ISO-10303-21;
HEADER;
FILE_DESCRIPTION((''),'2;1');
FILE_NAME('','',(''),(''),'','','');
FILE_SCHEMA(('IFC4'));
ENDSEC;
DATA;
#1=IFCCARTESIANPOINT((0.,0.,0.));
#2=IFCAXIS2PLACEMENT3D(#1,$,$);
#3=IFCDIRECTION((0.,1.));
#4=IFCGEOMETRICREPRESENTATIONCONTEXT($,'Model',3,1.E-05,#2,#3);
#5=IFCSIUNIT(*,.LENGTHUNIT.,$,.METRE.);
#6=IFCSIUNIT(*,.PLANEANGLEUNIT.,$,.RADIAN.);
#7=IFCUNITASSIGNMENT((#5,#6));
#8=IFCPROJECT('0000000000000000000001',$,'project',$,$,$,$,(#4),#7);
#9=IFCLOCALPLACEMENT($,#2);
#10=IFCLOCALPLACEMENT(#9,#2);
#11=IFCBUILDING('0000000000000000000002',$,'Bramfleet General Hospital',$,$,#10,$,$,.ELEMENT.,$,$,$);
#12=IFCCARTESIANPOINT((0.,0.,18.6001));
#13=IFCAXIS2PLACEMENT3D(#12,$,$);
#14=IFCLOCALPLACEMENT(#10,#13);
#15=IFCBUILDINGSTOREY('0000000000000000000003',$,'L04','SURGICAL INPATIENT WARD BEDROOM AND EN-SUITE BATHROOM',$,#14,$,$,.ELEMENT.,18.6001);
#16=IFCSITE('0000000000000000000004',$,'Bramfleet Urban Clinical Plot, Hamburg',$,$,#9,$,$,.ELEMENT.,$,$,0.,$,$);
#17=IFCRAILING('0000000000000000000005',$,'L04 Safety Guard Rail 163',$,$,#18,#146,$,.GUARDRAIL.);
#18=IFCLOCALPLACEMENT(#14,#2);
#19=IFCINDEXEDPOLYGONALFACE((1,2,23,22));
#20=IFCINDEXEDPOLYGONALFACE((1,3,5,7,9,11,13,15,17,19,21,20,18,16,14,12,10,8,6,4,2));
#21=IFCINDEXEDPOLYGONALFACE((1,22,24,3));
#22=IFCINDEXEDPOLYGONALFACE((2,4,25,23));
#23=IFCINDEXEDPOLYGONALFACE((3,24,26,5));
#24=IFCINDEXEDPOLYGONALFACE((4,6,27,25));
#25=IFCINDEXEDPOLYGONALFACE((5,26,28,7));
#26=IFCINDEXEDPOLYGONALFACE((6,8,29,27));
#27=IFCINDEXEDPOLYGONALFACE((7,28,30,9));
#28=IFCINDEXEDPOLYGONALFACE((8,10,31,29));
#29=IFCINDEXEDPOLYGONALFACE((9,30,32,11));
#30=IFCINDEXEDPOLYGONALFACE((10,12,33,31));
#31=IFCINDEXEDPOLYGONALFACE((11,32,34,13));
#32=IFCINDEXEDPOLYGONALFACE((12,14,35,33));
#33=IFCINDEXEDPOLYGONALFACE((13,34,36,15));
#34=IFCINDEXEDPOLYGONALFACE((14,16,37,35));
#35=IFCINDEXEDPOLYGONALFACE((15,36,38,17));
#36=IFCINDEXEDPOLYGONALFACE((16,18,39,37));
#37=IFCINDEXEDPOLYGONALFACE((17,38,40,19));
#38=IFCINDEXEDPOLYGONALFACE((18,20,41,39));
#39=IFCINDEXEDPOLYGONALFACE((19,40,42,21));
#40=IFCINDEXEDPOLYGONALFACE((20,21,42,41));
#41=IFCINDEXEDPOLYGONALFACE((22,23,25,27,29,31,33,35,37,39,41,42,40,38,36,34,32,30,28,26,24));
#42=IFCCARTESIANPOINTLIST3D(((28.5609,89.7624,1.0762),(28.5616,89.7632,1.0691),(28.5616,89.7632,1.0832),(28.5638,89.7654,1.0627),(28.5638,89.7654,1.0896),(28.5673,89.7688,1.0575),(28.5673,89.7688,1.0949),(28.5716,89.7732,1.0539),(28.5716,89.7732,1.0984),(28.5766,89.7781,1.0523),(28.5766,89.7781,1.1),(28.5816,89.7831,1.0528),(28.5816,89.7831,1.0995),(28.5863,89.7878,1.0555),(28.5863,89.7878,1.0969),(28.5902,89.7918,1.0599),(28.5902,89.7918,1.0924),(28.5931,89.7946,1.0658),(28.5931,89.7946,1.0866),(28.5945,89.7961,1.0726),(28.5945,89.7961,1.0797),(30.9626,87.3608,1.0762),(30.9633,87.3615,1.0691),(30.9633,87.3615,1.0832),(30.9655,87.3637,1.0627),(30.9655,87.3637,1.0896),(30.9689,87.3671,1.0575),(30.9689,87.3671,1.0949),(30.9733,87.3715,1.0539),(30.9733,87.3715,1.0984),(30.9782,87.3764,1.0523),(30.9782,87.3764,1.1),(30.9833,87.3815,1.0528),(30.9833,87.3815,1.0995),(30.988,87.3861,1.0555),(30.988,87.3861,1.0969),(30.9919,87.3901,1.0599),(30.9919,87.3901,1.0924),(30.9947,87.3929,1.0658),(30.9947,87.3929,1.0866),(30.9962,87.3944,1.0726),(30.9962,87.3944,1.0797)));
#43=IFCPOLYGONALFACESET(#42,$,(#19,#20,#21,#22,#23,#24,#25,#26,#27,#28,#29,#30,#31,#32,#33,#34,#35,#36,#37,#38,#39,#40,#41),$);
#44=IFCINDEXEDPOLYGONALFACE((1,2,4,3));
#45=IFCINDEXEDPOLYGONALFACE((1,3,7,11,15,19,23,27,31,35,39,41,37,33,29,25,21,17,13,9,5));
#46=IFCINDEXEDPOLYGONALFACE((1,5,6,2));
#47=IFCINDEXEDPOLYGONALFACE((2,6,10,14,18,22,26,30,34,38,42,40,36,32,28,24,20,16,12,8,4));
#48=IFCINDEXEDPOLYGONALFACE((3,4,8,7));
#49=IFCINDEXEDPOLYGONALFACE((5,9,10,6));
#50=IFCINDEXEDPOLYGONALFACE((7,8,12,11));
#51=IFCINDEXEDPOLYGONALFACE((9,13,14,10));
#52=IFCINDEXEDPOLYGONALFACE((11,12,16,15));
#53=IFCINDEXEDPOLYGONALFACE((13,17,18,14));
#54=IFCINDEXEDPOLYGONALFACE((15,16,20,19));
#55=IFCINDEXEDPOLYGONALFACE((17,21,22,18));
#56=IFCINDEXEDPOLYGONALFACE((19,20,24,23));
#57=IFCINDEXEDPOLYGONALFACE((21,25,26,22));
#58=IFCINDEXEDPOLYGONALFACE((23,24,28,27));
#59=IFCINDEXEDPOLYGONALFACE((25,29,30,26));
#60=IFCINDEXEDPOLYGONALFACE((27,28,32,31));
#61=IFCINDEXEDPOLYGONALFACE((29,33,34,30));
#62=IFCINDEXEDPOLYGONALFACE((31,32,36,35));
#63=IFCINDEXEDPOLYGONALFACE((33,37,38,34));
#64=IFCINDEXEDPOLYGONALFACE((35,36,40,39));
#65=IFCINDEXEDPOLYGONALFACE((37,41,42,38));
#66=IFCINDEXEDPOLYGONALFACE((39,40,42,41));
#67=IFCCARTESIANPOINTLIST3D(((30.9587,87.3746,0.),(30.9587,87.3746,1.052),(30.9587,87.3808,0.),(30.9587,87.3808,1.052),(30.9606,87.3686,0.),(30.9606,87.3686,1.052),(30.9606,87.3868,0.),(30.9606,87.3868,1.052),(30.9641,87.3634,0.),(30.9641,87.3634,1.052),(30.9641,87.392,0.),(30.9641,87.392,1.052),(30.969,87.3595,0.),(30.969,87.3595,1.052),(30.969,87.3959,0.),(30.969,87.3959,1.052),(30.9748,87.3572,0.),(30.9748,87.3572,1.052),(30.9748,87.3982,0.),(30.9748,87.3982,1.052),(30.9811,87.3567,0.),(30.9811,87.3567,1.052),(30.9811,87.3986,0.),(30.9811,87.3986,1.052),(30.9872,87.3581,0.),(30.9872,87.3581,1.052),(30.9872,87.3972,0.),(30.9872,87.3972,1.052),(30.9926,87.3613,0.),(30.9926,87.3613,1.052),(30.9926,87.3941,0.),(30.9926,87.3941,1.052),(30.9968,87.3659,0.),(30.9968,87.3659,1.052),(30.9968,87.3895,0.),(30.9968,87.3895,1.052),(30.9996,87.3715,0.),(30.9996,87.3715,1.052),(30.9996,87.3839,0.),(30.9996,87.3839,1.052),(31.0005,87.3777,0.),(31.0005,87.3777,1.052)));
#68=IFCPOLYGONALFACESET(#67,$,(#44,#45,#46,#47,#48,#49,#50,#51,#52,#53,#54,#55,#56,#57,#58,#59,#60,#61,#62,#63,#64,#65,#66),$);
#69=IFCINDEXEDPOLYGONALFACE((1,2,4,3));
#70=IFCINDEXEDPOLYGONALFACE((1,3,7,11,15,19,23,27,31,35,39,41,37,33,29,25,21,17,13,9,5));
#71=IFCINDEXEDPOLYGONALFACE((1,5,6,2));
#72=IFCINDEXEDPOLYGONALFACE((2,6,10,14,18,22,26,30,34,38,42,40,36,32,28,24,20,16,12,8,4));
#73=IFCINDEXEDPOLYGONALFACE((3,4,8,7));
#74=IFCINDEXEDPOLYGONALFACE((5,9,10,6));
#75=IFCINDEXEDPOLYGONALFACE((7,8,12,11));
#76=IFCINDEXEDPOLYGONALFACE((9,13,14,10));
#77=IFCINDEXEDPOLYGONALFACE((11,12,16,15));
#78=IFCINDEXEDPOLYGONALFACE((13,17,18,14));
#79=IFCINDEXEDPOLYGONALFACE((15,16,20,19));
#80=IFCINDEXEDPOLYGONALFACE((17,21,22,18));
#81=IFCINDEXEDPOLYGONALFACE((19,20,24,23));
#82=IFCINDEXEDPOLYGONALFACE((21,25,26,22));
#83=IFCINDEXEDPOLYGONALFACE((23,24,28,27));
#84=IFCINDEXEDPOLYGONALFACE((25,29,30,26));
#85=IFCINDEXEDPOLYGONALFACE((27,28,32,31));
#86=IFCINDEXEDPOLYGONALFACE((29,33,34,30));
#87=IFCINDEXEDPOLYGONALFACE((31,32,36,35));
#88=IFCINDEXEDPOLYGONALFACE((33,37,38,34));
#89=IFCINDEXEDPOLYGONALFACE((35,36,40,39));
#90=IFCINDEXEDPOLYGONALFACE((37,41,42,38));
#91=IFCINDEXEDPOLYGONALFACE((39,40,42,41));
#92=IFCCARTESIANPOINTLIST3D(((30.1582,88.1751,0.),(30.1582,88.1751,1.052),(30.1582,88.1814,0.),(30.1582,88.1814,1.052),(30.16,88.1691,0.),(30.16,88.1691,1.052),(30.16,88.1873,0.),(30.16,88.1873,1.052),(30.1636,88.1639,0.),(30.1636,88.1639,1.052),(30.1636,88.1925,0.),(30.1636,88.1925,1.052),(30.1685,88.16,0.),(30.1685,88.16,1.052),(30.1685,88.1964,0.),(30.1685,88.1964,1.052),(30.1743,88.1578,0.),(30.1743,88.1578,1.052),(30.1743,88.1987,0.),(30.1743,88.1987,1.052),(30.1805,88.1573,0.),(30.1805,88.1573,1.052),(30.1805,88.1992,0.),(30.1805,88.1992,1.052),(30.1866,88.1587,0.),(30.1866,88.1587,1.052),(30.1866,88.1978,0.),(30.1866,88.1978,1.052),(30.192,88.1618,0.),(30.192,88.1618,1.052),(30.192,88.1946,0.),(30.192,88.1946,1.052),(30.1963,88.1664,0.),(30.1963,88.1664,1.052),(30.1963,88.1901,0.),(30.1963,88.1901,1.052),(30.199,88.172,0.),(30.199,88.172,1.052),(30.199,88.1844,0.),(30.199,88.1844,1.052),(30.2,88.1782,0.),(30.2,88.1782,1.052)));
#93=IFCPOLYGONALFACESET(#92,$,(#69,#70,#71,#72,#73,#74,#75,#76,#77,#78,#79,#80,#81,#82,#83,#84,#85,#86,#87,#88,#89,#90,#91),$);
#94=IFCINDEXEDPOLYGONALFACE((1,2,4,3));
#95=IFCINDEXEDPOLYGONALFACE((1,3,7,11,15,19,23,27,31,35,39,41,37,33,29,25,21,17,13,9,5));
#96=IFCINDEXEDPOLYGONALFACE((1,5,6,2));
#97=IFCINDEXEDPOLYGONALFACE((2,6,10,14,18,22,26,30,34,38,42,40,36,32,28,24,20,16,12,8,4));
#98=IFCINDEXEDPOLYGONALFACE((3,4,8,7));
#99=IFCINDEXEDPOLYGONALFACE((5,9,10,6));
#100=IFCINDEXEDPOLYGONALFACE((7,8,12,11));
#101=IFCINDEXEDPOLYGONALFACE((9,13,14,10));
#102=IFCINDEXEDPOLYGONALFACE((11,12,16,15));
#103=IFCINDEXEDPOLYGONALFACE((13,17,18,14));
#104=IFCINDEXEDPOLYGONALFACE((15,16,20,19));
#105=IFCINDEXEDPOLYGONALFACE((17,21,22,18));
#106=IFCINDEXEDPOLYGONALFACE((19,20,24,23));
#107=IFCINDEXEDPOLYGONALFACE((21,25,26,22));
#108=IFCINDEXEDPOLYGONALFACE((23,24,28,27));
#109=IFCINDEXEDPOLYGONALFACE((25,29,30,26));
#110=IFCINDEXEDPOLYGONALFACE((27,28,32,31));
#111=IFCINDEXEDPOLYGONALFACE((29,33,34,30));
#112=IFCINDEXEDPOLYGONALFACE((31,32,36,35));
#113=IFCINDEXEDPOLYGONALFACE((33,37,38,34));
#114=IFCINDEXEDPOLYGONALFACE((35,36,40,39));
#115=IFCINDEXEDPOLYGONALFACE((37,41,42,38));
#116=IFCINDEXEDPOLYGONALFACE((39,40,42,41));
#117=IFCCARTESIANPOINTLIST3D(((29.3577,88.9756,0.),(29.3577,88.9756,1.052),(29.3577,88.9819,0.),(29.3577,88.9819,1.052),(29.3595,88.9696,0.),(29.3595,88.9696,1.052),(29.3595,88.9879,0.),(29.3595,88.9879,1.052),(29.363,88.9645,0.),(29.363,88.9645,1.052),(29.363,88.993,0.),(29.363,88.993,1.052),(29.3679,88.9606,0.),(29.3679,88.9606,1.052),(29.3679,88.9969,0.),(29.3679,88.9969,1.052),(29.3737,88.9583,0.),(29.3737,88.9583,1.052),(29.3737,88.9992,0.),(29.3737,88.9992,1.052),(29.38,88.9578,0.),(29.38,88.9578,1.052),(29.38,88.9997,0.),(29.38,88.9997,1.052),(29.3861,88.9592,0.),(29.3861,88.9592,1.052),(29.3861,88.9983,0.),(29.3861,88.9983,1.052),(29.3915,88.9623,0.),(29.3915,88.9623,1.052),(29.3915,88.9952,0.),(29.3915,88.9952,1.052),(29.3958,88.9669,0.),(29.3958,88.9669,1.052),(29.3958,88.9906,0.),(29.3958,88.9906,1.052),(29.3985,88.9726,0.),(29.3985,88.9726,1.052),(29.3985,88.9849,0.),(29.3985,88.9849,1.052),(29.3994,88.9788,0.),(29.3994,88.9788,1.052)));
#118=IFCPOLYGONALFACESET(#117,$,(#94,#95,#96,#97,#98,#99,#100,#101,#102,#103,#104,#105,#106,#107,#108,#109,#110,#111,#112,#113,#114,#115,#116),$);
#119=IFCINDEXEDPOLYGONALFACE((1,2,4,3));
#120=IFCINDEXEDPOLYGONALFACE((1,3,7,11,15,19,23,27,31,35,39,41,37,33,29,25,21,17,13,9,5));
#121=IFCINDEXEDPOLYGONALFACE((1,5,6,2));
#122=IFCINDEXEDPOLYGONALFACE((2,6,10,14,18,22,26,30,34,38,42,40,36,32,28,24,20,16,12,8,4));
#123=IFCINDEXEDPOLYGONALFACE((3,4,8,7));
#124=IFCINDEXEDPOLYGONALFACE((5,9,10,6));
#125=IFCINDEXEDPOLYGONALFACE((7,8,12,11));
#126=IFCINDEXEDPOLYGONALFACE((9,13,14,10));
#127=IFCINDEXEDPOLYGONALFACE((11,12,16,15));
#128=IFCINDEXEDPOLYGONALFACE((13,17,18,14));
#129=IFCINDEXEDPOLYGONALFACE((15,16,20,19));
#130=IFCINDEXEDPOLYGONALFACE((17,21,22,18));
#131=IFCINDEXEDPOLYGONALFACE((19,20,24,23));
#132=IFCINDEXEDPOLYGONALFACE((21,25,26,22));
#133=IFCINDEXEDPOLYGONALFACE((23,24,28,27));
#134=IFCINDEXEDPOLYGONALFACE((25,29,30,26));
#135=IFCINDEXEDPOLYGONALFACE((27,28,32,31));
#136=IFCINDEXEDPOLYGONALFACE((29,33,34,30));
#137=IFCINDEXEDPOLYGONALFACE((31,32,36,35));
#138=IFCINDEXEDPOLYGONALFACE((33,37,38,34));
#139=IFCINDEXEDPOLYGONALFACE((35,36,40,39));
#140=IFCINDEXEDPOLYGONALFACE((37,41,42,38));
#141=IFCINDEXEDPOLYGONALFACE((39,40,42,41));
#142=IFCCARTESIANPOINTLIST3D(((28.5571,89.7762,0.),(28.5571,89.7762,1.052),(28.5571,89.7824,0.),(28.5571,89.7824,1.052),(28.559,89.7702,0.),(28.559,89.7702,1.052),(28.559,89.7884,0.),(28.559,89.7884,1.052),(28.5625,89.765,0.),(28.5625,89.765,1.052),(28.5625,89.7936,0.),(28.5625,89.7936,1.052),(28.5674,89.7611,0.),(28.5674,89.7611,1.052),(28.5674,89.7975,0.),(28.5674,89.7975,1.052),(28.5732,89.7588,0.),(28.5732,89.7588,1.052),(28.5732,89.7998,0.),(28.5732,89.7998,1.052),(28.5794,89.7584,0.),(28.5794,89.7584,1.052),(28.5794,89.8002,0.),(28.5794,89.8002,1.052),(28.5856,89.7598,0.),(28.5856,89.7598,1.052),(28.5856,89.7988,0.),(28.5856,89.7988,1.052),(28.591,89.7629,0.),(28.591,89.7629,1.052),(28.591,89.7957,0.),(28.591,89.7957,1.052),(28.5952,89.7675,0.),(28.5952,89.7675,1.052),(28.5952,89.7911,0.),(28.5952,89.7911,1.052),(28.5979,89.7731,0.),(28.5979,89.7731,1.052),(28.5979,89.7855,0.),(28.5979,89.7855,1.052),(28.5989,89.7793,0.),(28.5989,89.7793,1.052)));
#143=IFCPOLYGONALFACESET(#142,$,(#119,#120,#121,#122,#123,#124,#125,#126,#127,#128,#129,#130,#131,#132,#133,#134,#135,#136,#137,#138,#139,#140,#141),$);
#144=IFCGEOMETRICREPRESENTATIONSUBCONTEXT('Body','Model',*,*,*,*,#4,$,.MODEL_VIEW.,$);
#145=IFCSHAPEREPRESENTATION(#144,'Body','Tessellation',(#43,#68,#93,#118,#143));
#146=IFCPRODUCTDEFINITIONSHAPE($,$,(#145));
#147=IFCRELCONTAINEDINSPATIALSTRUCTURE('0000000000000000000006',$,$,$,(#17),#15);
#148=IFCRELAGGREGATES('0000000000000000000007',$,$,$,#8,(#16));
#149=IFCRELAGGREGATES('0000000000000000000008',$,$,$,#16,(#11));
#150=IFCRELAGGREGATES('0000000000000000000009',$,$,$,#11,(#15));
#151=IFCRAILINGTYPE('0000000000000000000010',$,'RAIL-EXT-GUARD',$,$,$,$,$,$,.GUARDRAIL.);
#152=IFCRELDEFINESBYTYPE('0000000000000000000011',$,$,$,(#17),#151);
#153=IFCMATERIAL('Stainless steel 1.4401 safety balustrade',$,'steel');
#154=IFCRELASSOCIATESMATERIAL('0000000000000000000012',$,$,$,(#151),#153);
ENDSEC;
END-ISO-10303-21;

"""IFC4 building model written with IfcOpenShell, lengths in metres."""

from ifc_helpers import new_model, si_unit, direction, frame, origin, origin_2d, place, context, subcontext, project, spatial, circle, extrude, material, type_object, element, save


model = new_model("IFC4")

# Units and contexts
model_context = context("Model", 3, precision=1e-05, world=origin(), true_north=direction((0.0, 1.0)))
body_context = subcontext(model_context, "Body", "Model", "MODEL_VIEW")
ifc_project = project(units=[si_unit("LENGTHUNIT", "METRE"), si_unit("PLANEANGLEUNIT", "RADIAN")], contexts=[model_context])

# Site, building, storey
site_placement = place(None, origin())
site = spatial("IfcSite", under=ifc_project, at=site_placement, Name="Bramfleet Urban Clinical Plot, Hamburg", CompositionType="ELEMENT", RefElevation=0.0)
building_placement = place(site_placement, origin())
building = spatial("IfcBuilding", under=site, at=building_placement, Name="Bramfleet General Hospital", CompositionType="ELEMENT")
storey_placement = place(building_placement, frame((0.0, 0.0, 18.6001)))
storey = spatial("IfcBuildingStorey", under=building, at=storey_placement, Name="L04", Description="SURGICAL INPATIENT WARD BEDROOM AND EN-SUITE BATHROOM", CompositionType="ELEMENT", Elevation=18.6001)

# Railing
ifc_material_1 = material(Name="Stainless steel 1.4401 safety balustrade", Category="steel")
railing_type = type_object("IfcRailingType", Name="RAIL-EXT-GUARD", PredefinedType="GUARDRAIL", material=ifc_material_1)
railing_1_placement = place(storey_placement, frame((30.9795, 87.3777, 0.0)))
element("IfcRailing", 1, at=railing_1_placement, inside=storey, type_object=railing_type, Name="L04 Safety Guard Rail 163", PredefinedType="GUARDRAIL", context=body_context, shape_type="SweptSolid", body=[
    extrude(circle(Radius=0.0239, at=origin_2d()), frame((0.0, 0.0, 1.0762), z_axis=(-0.707107, 0.707107, 0.0), x_axis=(-0.707107, -0.707107, 0.0)), (0.0, 0.0, 1.0), 3.3965),
    extrude(circle(Radius=0.021, at=origin_2d()), origin(), (0.0, 0.0, 1.0), 1.052),
    extrude(circle(Radius=0.021, at=origin_2d()), frame((-0.8005, 0.8005, 0.0)), (0.0, 0.0, 1.0), 1.052),
    extrude(circle(Radius=0.021, at=origin_2d()), frame((-1.6011, 1.6011, 0.0)), (0.0, 0.0, 1.0), 1.052),
    extrude(circle(Radius=0.021, at=origin_2d()), frame((-2.4016, 2.4016, 0.0)), (0.0, 0.0, 1.0), 1.052),
])

save(model, "model.ifc")
